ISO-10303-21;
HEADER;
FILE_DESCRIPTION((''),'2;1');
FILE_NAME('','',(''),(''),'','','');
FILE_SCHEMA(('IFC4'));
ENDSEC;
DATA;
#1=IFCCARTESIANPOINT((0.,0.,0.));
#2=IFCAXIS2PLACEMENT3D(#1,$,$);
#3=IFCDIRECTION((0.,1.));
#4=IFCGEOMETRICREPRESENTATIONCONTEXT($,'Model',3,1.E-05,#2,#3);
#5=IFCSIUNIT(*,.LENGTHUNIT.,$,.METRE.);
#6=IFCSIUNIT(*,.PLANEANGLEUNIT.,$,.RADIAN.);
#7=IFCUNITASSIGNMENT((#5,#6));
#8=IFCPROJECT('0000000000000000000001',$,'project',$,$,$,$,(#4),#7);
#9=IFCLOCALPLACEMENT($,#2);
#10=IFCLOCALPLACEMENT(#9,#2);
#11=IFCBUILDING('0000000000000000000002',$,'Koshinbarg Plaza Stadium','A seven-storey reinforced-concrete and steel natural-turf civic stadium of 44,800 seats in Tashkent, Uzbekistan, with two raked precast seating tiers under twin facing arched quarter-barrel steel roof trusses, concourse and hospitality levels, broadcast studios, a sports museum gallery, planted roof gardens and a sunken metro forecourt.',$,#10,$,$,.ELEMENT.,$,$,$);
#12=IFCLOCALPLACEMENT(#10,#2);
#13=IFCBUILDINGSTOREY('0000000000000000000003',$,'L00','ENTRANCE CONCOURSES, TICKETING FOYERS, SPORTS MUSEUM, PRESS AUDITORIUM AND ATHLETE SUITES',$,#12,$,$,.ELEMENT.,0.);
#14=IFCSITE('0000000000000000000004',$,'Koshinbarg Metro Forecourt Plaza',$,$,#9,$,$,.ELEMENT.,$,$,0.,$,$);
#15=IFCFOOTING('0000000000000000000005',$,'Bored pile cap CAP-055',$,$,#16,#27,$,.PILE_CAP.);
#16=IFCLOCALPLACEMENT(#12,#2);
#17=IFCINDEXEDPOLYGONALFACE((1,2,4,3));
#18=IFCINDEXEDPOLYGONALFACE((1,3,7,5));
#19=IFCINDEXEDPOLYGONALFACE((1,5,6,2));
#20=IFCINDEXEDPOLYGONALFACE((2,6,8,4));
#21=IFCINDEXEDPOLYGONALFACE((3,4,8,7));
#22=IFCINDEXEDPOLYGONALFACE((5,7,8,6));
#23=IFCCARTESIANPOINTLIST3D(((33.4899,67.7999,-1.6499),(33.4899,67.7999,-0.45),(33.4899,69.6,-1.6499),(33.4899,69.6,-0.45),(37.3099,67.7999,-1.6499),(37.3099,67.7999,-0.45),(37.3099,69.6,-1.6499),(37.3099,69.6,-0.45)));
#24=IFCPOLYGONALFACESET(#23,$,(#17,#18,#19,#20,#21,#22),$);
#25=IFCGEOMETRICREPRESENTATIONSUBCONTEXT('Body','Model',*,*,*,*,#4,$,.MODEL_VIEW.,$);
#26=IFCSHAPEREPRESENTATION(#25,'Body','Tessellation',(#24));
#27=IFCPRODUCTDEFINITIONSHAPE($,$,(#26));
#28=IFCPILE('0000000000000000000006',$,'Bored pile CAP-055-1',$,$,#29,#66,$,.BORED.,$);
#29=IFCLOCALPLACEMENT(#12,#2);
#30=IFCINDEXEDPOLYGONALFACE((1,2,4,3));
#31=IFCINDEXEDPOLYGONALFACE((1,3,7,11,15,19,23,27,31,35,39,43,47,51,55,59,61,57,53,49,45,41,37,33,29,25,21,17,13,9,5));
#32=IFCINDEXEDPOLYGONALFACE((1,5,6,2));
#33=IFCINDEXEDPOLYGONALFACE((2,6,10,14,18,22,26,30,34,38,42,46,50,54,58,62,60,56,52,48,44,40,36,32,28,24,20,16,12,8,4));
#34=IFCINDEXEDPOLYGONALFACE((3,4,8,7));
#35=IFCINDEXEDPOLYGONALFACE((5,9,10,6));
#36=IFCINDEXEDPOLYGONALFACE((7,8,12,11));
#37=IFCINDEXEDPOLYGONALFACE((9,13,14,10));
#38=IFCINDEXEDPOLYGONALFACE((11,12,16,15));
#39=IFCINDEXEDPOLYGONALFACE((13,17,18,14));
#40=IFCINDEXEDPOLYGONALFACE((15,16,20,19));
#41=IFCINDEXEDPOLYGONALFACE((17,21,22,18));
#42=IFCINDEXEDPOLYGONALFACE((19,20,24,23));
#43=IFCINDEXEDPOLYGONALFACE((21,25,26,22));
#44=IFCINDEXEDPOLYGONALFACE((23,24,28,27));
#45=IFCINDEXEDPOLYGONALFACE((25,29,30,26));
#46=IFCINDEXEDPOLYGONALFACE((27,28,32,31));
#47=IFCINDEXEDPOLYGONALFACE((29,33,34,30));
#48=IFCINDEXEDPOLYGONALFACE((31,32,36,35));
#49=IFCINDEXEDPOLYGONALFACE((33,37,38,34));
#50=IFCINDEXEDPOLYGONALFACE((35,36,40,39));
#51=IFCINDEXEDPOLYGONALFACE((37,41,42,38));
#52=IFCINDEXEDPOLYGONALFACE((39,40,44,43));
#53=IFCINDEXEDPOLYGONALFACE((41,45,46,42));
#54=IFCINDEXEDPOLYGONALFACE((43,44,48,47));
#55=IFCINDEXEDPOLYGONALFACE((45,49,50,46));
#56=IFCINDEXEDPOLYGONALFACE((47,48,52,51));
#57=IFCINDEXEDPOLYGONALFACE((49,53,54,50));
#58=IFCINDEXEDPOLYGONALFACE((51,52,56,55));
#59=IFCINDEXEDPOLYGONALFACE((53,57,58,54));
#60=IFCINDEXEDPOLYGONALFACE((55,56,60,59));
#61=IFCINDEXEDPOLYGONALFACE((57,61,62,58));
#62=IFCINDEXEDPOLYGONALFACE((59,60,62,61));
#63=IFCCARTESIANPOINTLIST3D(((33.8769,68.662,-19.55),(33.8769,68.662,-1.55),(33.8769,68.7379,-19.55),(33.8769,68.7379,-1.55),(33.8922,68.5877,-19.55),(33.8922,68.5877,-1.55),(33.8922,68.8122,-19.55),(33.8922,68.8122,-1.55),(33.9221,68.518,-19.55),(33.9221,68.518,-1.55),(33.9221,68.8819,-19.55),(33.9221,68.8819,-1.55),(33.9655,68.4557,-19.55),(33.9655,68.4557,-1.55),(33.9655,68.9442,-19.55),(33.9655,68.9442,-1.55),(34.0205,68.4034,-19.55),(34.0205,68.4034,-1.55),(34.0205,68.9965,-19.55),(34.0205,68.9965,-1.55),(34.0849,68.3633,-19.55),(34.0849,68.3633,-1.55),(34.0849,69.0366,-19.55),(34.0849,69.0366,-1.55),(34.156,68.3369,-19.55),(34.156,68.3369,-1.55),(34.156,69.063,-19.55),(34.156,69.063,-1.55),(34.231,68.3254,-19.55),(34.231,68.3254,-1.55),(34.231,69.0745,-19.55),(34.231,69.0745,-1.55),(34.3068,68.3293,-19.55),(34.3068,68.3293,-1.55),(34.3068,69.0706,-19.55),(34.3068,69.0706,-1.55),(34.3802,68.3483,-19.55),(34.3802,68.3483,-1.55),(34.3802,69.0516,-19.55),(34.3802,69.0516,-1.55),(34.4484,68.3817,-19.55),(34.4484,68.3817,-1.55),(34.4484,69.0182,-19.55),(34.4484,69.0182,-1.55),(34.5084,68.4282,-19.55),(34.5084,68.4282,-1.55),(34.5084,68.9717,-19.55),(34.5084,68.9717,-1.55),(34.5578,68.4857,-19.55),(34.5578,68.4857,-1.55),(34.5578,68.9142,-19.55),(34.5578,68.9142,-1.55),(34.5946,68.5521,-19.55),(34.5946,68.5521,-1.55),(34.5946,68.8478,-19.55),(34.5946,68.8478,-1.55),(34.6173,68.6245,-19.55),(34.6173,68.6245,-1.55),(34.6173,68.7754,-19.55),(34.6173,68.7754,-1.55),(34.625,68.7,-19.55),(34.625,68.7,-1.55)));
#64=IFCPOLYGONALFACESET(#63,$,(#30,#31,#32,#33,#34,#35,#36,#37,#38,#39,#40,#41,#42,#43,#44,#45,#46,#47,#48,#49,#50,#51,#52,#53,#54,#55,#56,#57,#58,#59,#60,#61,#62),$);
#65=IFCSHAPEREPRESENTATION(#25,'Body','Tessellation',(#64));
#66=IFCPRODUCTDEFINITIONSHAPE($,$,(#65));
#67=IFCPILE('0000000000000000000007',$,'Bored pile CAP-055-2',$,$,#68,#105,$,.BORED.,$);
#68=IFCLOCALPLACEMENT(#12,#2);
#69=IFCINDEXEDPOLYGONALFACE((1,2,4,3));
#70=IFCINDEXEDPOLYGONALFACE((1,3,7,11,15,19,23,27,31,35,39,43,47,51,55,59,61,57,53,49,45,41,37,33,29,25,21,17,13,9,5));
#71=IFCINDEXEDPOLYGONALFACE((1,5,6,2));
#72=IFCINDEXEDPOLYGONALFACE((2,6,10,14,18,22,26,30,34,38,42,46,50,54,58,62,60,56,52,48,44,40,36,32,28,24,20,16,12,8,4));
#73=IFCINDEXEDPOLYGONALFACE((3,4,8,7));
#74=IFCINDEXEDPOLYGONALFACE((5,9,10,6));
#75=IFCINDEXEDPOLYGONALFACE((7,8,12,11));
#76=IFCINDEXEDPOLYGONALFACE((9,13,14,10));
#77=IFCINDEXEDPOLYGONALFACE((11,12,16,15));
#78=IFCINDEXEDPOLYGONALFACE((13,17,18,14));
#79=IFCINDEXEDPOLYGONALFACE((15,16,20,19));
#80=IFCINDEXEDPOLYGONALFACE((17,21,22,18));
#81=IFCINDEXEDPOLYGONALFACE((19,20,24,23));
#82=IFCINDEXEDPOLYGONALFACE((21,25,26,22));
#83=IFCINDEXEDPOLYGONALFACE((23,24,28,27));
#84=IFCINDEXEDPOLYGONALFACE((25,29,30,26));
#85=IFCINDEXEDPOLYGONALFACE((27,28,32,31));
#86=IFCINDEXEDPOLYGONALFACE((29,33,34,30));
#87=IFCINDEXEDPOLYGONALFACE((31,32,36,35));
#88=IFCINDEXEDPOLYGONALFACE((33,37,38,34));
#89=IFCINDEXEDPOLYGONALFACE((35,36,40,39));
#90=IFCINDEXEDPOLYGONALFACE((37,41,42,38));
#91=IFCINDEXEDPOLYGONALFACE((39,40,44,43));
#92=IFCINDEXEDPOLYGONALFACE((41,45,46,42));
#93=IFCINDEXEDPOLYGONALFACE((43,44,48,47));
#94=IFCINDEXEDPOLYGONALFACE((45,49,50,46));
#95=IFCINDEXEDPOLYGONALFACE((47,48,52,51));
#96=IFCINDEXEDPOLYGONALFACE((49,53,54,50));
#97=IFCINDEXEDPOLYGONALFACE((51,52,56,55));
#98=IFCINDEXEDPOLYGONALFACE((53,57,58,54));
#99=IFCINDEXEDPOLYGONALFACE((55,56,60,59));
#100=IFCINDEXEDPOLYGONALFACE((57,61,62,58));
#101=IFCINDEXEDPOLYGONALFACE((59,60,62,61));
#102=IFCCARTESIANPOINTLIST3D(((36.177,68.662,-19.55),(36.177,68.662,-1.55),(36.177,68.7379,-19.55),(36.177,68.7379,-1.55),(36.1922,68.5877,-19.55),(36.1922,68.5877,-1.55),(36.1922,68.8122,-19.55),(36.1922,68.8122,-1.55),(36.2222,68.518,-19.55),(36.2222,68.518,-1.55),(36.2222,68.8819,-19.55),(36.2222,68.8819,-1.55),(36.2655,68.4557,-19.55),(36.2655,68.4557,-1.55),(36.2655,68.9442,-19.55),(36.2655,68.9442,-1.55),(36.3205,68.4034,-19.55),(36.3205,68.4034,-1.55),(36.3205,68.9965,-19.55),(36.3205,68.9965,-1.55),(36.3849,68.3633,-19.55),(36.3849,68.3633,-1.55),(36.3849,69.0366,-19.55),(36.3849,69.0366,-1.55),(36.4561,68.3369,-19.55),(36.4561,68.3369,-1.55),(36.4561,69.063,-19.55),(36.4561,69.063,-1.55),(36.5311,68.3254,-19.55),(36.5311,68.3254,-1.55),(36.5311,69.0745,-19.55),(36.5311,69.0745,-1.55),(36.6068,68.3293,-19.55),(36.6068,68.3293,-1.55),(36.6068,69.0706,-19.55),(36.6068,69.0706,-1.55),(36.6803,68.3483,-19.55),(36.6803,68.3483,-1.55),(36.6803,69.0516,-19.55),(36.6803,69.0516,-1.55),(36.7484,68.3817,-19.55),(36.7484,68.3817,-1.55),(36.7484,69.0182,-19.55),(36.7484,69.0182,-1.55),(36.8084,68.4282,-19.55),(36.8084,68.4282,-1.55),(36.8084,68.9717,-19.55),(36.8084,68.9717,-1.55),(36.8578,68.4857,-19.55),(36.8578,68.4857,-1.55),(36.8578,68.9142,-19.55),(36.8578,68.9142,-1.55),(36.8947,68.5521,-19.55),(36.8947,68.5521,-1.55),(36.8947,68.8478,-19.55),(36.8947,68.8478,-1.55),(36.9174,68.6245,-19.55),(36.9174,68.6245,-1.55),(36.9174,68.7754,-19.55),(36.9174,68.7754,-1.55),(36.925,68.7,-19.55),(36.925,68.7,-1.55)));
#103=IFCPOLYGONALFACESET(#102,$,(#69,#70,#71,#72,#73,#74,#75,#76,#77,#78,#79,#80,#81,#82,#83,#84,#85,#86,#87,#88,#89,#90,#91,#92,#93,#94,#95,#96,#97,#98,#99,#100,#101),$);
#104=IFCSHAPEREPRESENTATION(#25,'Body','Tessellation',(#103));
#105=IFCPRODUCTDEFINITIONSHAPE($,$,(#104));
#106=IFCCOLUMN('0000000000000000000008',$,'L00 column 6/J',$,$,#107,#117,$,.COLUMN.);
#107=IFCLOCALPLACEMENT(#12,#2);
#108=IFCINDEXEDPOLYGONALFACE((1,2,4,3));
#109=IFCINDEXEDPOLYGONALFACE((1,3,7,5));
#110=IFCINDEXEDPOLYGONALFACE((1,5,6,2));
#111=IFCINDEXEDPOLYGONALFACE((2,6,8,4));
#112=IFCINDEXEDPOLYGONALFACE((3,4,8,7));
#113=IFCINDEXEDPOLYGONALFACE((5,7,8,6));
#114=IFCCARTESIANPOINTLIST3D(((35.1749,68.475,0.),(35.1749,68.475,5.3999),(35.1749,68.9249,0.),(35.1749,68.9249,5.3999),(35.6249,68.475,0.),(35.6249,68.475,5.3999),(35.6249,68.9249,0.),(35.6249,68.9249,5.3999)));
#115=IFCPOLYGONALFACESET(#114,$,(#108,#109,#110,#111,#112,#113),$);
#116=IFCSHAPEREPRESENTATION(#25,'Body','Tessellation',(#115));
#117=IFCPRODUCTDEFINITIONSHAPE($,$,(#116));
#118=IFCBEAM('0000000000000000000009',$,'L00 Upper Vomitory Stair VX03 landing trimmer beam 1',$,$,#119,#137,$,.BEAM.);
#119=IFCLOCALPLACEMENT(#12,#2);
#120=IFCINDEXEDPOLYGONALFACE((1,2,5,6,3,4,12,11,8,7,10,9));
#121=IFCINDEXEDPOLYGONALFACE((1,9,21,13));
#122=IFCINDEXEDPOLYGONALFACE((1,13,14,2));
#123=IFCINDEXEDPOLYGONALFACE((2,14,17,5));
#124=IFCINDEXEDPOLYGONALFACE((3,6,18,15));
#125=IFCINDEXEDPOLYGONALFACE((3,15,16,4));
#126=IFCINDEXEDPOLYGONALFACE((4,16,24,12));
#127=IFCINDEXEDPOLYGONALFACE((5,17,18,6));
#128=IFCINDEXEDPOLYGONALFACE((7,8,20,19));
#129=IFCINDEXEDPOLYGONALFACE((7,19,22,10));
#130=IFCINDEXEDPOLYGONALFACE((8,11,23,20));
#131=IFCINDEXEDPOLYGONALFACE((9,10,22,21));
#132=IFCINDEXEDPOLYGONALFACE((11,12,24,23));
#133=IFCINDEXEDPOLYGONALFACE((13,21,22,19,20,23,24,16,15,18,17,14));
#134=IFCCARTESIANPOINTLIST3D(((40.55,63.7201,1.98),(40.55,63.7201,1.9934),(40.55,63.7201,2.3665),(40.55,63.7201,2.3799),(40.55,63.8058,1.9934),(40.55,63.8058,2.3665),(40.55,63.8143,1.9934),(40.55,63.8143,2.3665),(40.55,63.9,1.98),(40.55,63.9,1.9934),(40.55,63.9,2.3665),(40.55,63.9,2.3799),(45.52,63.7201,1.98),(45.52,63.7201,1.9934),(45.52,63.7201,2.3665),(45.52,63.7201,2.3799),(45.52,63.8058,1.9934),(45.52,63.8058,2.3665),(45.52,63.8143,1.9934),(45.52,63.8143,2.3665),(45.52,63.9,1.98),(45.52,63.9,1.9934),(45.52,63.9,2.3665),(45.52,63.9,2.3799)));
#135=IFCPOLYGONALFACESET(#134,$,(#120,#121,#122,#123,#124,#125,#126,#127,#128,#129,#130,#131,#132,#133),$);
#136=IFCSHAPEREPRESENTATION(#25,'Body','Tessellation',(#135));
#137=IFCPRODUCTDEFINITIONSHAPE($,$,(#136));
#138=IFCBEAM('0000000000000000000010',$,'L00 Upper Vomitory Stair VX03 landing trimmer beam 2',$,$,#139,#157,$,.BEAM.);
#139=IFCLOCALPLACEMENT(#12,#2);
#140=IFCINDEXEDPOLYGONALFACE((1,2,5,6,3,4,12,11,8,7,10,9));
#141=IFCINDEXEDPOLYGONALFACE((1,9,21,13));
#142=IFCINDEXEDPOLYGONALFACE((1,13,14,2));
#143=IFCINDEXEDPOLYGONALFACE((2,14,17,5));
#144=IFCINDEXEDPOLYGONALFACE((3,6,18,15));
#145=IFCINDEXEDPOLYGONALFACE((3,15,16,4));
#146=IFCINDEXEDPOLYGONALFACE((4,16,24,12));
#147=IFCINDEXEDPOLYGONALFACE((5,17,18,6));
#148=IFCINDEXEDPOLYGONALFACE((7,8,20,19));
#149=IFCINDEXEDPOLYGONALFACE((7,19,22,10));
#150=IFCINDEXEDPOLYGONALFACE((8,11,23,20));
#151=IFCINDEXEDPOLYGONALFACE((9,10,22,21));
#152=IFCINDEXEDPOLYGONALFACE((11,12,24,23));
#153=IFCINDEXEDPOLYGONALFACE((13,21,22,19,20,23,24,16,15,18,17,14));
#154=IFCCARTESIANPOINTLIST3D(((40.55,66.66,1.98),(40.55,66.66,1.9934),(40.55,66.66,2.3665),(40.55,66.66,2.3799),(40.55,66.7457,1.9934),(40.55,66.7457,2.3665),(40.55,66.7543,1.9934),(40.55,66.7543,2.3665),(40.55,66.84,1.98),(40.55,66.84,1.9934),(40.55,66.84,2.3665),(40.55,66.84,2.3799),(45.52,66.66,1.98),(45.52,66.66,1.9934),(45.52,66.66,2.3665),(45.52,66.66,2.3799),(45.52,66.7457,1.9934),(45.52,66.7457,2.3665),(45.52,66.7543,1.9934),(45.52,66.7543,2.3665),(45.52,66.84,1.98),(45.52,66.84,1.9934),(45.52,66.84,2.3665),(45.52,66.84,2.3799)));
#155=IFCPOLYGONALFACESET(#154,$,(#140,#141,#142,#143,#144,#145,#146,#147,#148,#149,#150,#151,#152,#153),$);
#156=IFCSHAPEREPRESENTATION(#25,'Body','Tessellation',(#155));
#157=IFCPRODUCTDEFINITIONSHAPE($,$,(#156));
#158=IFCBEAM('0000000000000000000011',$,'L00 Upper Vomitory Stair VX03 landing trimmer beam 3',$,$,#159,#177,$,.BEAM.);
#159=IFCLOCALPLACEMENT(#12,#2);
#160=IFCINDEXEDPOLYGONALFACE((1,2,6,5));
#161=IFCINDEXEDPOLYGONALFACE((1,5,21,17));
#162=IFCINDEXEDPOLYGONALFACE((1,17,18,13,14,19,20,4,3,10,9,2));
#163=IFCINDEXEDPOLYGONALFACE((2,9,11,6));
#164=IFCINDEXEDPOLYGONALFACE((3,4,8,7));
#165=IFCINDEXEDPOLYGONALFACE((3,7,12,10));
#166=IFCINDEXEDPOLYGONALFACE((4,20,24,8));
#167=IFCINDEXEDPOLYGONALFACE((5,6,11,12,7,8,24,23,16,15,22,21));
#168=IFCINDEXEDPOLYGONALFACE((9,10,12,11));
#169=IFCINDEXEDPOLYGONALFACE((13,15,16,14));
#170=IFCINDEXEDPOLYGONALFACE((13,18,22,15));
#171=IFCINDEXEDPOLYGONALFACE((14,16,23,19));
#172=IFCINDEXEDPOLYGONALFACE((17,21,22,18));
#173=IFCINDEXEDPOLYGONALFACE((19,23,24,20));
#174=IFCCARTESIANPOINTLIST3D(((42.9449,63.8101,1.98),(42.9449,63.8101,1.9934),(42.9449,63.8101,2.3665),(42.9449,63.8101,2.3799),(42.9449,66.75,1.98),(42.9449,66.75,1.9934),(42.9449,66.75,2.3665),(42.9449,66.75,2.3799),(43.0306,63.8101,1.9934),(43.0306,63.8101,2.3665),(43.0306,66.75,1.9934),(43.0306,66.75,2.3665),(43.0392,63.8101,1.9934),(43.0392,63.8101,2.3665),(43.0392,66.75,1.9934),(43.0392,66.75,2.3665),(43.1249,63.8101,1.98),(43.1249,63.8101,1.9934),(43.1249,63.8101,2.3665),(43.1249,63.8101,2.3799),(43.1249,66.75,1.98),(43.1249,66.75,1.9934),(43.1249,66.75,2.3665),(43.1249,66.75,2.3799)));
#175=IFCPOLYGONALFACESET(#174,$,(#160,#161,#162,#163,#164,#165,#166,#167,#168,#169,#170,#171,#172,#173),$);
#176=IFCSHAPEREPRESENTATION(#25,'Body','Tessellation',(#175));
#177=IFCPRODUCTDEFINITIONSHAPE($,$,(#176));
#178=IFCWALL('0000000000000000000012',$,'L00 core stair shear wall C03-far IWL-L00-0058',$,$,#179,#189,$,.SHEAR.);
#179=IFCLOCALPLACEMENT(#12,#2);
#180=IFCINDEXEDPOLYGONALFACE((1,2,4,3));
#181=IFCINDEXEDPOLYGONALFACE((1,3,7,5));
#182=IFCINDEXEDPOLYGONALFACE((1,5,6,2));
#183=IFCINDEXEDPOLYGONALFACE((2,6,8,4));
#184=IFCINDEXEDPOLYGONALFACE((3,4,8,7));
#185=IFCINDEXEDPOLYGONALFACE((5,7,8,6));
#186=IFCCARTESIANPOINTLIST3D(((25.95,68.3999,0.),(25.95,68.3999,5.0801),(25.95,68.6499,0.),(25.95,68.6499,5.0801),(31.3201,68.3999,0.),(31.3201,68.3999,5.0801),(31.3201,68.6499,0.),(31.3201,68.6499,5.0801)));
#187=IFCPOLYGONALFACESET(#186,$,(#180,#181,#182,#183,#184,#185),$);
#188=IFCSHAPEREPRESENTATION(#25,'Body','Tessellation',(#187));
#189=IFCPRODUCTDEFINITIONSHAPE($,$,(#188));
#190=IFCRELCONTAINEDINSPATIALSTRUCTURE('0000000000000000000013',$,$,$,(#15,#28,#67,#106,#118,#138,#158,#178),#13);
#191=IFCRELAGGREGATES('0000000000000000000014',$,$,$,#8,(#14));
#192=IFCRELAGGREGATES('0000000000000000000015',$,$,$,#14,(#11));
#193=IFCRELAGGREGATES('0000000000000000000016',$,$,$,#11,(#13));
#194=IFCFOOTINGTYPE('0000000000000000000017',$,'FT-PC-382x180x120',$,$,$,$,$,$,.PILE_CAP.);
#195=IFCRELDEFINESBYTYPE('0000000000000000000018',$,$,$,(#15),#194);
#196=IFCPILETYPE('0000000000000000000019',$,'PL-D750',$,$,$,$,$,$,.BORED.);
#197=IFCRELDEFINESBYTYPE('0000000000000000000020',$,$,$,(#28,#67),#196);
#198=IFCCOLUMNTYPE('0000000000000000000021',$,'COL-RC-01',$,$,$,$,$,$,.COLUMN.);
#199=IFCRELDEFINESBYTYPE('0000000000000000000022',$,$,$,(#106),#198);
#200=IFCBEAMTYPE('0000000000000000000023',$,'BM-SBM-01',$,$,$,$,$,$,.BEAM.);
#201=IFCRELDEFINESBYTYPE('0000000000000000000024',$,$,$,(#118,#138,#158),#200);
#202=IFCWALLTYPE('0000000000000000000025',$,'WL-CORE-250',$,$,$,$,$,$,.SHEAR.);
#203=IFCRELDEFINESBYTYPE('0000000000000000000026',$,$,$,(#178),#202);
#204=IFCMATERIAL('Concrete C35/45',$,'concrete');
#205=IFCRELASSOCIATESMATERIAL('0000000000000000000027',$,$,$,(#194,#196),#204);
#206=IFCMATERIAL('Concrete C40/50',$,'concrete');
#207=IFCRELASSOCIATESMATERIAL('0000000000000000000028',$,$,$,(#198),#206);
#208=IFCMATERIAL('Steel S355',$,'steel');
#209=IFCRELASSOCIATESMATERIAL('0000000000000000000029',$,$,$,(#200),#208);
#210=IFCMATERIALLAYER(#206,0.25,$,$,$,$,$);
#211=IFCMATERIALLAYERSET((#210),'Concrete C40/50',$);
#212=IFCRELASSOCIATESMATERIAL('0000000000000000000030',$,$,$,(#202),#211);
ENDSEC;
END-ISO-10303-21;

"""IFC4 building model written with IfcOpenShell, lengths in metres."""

from ifc_helpers import new_model, si_unit, direction, frame, frame_2d, origin, origin_2d, place, context, subcontext, project, spatial, rectangle, circle, i_section, extrude, material, layer, layer_set, material_profile, profile_set, type_object, element, save


model = new_model("IFC4")

# Units and contexts
model_context = context("Model", 3, precision=1e-05, world=origin(), true_north=direction((0.0, 1.0)))
body_context = subcontext(model_context, "Body", "Model", "MODEL_VIEW")
ifc_project = project(units=[si_unit("LENGTHUNIT", "METRE"), si_unit("PLANEANGLEUNIT", "RADIAN")], contexts=[model_context])

# Site, building, storey
site_placement = place(None, origin())
site = spatial("IfcSite", under=ifc_project, at=site_placement, Name="Koshinbarg Metro Forecourt Plaza", CompositionType="ELEMENT", RefElevation=0.0)
building_placement = place(site_placement, origin())
building = spatial("IfcBuilding", under=site, at=building_placement, Name="Koshinbarg Plaza Stadium", Description="A seven-storey reinforced-concrete and steel natural-turf civic stadium of 44,800 seats in Tashkent, Uzbekistan, with two raked precast seating tiers under twin facing arched quarter-barrel steel roof trusses, concourse and hospitality levels, broadcast studios, a sports museum gallery, planted roof gardens and a sunken metro forecourt.", CompositionType="ELEMENT")
storey_placement = place(building_placement, origin())
storey = spatial("IfcBuildingStorey", under=building, at=storey_placement, Name="L00", Description="ENTRANCE CONCOURSES, TICKETING FOYERS, SPORTS MUSEUM, PRESS AUDITORIUM AND ATHLETE SUITES", CompositionType="ELEMENT", Elevation=0.0)

# Footing
ifc_material_1 = material(Name="Concrete C35/45", Category="concrete")
footing_type = type_object("IfcFootingType", Name="FT-PC-382x180x120", PredefinedType="PILE_CAP", material=ifc_material_1)
footing_placement = place(storey_placement, frame((35.3999, 68.7, -1.6499), z_axis=(0.0, 0.0, 1.0), x_axis=(1.0, 0.0, 0.0)))
element("IfcFooting", 1, at=footing_placement, inside=storey, type_object=footing_type, Name="Bored pile cap CAP-055", PredefinedType="PILE_CAP", context=body_context, shape_type="SweptSolid", body=[
    extrude(rectangle(XDim=3.8201, YDim=1.8, at=origin_2d()), origin(), (0.0, 0.0, 1.0), 1.2),
])

# Piles
ifc_material_profile_1 = material_profile(ifc_material_1, circle(Radius=0.375, at=origin_2d()), Name="PILE D750")
ifc_profile_set_1 = profile_set([ifc_material_profile_1], Name="Concrete C35/45")
pile_type = type_object("IfcPileType", Name="PL-D750", PredefinedType="BORED", material=ifc_profile_set_1)
for number, where, z_axis, x_axis, name in (
    (2, (34.25, 68.7, -1.55), (0.0, 0.0, -1.0), (1.0, 0.0, 0.0), "Bored pile CAP-055-1"),
    (3, (36.55, 68.7, -1.55), (0.0, 0.0, -1.0), (1.0, 0.0, 0.0), "Bored pile CAP-055-2"),
):
    element("IfcPile", number, at=place(storey_placement, frame(where, z_axis=z_axis, x_axis=x_axis)), inside=storey, type_object=pile_type, Name=name, PredefinedType="BORED", context=body_context, shape_type="SweptSolid", body=[
        extrude(circle(Radius=0.375, at=origin_2d()), origin(), (0.0, 0.0, 1.0), 18.0),
    ])

# Column
ifc_material_2 = material(Name="Concrete C40/50", Category="concrete")
ifc_material_profile_2 = material_profile(ifc_material_2, rectangle(XDim=0.45, YDim=0.45, at=origin_2d()), Name="RC 450x450")
ifc_profile_set_2 = profile_set([ifc_material_profile_2], Name="Concrete C40/50")
column_type = type_object("IfcColumnType", Name="COL-RC-01", PredefinedType="COLUMN", material=ifc_profile_set_2)
column_placement = place(storey_placement, frame((35.3999, 68.7, 0.0), z_axis=(0.0, 0.0, 1.0), x_axis=(1.0, 0.0, 0.0)))
element("IfcColumn", 4, at=column_placement, inside=storey, type_object=column_type, Name="L00 column 6/J", PredefinedType="COLUMN", context=body_context, shape_type="SweptSolid", body=[
    extrude(rectangle(XDim=0.45, YDim=0.45, at=origin_2d()), origin(), (0.0, 0.0, 1.0), 5.3999),
])

# Beams
ifc_material_3 = material(Name="Steel S355", Category="steel")
ifc_material_profile_3 = material_profile(ifc_material_3, i_section(OverallWidth=0.1799, OverallDepth=0.3999, WebThickness=0.0085, FlangeThickness=0.0134, at=origin_2d()), Name="IPE 400")
ifc_profile_set_3 = profile_set([ifc_material_profile_3], Name="Steel S355")
beam_type = type_object("IfcBeamType", Name="BM-SBM-01", PredefinedType="BEAM", material=ifc_profile_set_3)
for number, where, z_axis, x_axis, name in (
    (5, (40.55, 63.8101, 2.1799), (1.0, 0.0, 0.0), (0.0, 1.0, 0.0), "L00 Upper Vomitory Stair VX03 landing trimmer beam 1"),
    (6, (40.55, 66.75, 2.1799), (1.0, 0.0, 0.0), (0.0, 1.0, 0.0), "L00 Upper Vomitory Stair VX03 landing trimmer beam 2"),
):
    element("IfcBeam", number, at=place(storey_placement, frame(where, z_axis=z_axis, x_axis=x_axis)), inside=storey, type_object=beam_type, Name=name, PredefinedType="BEAM", context=body_context, shape_type="SweptSolid", body=[
        extrude(i_section(OverallWidth=0.1799, OverallDepth=0.3999, WebThickness=0.0085, FlangeThickness=0.0134, at=origin_2d()), origin(), (0.0, 0.0, 1.0), 4.97),
    ])
beam_placement = place(storey_placement, frame((43.0349, 63.8101, 2.1799), z_axis=(0.0, 1.0, 0.0), x_axis=(-1.0, 0.0, 0.0)))
element("IfcBeam", 7, at=beam_placement, inside=storey, type_object=beam_type, Name="L00 Upper Vomitory Stair VX03 landing trimmer beam 3", PredefinedType="BEAM", context=body_context, shape_type="SweptSolid", body=[
    extrude(i_section(OverallWidth=0.1799, OverallDepth=0.3999, WebThickness=0.0085, FlangeThickness=0.0134, at=origin_2d()), origin(), (0.0, 0.0, 1.0), 2.9399),
])

# Wall
ifc_layer_1 = layer(ifc_material_2, 0.25)
ifc_layer_set_1 = layer_set([ifc_layer_1], Name="Concrete C40/50")
wall_type_1 = type_object("IfcWallType", Name="WL-CORE-250", PredefinedType="SHEAR", material=ifc_layer_set_1)
wall_1_placement = place(storey_placement, frame((31.3201, 68.5249, 0.0), z_axis=(0.0, 0.0, 1.0), x_axis=(-1.0, 0.0, 0.0)))
element("IfcWall", 8, at=wall_1_placement, inside=storey, type_object=wall_type_1, Name="L00 core stair shear wall C03-far IWL-L00-0058", PredefinedType="SHEAR", context=body_context, shape_type="SweptSolid", body=[
    extrude(rectangle(XDim=5.3701, YDim=0.25, at=frame_2d((2.6851, 0.0))), origin(), (0.0, 0.0, 1.0), 5.0801),
])

save(model, "model.ifc")
